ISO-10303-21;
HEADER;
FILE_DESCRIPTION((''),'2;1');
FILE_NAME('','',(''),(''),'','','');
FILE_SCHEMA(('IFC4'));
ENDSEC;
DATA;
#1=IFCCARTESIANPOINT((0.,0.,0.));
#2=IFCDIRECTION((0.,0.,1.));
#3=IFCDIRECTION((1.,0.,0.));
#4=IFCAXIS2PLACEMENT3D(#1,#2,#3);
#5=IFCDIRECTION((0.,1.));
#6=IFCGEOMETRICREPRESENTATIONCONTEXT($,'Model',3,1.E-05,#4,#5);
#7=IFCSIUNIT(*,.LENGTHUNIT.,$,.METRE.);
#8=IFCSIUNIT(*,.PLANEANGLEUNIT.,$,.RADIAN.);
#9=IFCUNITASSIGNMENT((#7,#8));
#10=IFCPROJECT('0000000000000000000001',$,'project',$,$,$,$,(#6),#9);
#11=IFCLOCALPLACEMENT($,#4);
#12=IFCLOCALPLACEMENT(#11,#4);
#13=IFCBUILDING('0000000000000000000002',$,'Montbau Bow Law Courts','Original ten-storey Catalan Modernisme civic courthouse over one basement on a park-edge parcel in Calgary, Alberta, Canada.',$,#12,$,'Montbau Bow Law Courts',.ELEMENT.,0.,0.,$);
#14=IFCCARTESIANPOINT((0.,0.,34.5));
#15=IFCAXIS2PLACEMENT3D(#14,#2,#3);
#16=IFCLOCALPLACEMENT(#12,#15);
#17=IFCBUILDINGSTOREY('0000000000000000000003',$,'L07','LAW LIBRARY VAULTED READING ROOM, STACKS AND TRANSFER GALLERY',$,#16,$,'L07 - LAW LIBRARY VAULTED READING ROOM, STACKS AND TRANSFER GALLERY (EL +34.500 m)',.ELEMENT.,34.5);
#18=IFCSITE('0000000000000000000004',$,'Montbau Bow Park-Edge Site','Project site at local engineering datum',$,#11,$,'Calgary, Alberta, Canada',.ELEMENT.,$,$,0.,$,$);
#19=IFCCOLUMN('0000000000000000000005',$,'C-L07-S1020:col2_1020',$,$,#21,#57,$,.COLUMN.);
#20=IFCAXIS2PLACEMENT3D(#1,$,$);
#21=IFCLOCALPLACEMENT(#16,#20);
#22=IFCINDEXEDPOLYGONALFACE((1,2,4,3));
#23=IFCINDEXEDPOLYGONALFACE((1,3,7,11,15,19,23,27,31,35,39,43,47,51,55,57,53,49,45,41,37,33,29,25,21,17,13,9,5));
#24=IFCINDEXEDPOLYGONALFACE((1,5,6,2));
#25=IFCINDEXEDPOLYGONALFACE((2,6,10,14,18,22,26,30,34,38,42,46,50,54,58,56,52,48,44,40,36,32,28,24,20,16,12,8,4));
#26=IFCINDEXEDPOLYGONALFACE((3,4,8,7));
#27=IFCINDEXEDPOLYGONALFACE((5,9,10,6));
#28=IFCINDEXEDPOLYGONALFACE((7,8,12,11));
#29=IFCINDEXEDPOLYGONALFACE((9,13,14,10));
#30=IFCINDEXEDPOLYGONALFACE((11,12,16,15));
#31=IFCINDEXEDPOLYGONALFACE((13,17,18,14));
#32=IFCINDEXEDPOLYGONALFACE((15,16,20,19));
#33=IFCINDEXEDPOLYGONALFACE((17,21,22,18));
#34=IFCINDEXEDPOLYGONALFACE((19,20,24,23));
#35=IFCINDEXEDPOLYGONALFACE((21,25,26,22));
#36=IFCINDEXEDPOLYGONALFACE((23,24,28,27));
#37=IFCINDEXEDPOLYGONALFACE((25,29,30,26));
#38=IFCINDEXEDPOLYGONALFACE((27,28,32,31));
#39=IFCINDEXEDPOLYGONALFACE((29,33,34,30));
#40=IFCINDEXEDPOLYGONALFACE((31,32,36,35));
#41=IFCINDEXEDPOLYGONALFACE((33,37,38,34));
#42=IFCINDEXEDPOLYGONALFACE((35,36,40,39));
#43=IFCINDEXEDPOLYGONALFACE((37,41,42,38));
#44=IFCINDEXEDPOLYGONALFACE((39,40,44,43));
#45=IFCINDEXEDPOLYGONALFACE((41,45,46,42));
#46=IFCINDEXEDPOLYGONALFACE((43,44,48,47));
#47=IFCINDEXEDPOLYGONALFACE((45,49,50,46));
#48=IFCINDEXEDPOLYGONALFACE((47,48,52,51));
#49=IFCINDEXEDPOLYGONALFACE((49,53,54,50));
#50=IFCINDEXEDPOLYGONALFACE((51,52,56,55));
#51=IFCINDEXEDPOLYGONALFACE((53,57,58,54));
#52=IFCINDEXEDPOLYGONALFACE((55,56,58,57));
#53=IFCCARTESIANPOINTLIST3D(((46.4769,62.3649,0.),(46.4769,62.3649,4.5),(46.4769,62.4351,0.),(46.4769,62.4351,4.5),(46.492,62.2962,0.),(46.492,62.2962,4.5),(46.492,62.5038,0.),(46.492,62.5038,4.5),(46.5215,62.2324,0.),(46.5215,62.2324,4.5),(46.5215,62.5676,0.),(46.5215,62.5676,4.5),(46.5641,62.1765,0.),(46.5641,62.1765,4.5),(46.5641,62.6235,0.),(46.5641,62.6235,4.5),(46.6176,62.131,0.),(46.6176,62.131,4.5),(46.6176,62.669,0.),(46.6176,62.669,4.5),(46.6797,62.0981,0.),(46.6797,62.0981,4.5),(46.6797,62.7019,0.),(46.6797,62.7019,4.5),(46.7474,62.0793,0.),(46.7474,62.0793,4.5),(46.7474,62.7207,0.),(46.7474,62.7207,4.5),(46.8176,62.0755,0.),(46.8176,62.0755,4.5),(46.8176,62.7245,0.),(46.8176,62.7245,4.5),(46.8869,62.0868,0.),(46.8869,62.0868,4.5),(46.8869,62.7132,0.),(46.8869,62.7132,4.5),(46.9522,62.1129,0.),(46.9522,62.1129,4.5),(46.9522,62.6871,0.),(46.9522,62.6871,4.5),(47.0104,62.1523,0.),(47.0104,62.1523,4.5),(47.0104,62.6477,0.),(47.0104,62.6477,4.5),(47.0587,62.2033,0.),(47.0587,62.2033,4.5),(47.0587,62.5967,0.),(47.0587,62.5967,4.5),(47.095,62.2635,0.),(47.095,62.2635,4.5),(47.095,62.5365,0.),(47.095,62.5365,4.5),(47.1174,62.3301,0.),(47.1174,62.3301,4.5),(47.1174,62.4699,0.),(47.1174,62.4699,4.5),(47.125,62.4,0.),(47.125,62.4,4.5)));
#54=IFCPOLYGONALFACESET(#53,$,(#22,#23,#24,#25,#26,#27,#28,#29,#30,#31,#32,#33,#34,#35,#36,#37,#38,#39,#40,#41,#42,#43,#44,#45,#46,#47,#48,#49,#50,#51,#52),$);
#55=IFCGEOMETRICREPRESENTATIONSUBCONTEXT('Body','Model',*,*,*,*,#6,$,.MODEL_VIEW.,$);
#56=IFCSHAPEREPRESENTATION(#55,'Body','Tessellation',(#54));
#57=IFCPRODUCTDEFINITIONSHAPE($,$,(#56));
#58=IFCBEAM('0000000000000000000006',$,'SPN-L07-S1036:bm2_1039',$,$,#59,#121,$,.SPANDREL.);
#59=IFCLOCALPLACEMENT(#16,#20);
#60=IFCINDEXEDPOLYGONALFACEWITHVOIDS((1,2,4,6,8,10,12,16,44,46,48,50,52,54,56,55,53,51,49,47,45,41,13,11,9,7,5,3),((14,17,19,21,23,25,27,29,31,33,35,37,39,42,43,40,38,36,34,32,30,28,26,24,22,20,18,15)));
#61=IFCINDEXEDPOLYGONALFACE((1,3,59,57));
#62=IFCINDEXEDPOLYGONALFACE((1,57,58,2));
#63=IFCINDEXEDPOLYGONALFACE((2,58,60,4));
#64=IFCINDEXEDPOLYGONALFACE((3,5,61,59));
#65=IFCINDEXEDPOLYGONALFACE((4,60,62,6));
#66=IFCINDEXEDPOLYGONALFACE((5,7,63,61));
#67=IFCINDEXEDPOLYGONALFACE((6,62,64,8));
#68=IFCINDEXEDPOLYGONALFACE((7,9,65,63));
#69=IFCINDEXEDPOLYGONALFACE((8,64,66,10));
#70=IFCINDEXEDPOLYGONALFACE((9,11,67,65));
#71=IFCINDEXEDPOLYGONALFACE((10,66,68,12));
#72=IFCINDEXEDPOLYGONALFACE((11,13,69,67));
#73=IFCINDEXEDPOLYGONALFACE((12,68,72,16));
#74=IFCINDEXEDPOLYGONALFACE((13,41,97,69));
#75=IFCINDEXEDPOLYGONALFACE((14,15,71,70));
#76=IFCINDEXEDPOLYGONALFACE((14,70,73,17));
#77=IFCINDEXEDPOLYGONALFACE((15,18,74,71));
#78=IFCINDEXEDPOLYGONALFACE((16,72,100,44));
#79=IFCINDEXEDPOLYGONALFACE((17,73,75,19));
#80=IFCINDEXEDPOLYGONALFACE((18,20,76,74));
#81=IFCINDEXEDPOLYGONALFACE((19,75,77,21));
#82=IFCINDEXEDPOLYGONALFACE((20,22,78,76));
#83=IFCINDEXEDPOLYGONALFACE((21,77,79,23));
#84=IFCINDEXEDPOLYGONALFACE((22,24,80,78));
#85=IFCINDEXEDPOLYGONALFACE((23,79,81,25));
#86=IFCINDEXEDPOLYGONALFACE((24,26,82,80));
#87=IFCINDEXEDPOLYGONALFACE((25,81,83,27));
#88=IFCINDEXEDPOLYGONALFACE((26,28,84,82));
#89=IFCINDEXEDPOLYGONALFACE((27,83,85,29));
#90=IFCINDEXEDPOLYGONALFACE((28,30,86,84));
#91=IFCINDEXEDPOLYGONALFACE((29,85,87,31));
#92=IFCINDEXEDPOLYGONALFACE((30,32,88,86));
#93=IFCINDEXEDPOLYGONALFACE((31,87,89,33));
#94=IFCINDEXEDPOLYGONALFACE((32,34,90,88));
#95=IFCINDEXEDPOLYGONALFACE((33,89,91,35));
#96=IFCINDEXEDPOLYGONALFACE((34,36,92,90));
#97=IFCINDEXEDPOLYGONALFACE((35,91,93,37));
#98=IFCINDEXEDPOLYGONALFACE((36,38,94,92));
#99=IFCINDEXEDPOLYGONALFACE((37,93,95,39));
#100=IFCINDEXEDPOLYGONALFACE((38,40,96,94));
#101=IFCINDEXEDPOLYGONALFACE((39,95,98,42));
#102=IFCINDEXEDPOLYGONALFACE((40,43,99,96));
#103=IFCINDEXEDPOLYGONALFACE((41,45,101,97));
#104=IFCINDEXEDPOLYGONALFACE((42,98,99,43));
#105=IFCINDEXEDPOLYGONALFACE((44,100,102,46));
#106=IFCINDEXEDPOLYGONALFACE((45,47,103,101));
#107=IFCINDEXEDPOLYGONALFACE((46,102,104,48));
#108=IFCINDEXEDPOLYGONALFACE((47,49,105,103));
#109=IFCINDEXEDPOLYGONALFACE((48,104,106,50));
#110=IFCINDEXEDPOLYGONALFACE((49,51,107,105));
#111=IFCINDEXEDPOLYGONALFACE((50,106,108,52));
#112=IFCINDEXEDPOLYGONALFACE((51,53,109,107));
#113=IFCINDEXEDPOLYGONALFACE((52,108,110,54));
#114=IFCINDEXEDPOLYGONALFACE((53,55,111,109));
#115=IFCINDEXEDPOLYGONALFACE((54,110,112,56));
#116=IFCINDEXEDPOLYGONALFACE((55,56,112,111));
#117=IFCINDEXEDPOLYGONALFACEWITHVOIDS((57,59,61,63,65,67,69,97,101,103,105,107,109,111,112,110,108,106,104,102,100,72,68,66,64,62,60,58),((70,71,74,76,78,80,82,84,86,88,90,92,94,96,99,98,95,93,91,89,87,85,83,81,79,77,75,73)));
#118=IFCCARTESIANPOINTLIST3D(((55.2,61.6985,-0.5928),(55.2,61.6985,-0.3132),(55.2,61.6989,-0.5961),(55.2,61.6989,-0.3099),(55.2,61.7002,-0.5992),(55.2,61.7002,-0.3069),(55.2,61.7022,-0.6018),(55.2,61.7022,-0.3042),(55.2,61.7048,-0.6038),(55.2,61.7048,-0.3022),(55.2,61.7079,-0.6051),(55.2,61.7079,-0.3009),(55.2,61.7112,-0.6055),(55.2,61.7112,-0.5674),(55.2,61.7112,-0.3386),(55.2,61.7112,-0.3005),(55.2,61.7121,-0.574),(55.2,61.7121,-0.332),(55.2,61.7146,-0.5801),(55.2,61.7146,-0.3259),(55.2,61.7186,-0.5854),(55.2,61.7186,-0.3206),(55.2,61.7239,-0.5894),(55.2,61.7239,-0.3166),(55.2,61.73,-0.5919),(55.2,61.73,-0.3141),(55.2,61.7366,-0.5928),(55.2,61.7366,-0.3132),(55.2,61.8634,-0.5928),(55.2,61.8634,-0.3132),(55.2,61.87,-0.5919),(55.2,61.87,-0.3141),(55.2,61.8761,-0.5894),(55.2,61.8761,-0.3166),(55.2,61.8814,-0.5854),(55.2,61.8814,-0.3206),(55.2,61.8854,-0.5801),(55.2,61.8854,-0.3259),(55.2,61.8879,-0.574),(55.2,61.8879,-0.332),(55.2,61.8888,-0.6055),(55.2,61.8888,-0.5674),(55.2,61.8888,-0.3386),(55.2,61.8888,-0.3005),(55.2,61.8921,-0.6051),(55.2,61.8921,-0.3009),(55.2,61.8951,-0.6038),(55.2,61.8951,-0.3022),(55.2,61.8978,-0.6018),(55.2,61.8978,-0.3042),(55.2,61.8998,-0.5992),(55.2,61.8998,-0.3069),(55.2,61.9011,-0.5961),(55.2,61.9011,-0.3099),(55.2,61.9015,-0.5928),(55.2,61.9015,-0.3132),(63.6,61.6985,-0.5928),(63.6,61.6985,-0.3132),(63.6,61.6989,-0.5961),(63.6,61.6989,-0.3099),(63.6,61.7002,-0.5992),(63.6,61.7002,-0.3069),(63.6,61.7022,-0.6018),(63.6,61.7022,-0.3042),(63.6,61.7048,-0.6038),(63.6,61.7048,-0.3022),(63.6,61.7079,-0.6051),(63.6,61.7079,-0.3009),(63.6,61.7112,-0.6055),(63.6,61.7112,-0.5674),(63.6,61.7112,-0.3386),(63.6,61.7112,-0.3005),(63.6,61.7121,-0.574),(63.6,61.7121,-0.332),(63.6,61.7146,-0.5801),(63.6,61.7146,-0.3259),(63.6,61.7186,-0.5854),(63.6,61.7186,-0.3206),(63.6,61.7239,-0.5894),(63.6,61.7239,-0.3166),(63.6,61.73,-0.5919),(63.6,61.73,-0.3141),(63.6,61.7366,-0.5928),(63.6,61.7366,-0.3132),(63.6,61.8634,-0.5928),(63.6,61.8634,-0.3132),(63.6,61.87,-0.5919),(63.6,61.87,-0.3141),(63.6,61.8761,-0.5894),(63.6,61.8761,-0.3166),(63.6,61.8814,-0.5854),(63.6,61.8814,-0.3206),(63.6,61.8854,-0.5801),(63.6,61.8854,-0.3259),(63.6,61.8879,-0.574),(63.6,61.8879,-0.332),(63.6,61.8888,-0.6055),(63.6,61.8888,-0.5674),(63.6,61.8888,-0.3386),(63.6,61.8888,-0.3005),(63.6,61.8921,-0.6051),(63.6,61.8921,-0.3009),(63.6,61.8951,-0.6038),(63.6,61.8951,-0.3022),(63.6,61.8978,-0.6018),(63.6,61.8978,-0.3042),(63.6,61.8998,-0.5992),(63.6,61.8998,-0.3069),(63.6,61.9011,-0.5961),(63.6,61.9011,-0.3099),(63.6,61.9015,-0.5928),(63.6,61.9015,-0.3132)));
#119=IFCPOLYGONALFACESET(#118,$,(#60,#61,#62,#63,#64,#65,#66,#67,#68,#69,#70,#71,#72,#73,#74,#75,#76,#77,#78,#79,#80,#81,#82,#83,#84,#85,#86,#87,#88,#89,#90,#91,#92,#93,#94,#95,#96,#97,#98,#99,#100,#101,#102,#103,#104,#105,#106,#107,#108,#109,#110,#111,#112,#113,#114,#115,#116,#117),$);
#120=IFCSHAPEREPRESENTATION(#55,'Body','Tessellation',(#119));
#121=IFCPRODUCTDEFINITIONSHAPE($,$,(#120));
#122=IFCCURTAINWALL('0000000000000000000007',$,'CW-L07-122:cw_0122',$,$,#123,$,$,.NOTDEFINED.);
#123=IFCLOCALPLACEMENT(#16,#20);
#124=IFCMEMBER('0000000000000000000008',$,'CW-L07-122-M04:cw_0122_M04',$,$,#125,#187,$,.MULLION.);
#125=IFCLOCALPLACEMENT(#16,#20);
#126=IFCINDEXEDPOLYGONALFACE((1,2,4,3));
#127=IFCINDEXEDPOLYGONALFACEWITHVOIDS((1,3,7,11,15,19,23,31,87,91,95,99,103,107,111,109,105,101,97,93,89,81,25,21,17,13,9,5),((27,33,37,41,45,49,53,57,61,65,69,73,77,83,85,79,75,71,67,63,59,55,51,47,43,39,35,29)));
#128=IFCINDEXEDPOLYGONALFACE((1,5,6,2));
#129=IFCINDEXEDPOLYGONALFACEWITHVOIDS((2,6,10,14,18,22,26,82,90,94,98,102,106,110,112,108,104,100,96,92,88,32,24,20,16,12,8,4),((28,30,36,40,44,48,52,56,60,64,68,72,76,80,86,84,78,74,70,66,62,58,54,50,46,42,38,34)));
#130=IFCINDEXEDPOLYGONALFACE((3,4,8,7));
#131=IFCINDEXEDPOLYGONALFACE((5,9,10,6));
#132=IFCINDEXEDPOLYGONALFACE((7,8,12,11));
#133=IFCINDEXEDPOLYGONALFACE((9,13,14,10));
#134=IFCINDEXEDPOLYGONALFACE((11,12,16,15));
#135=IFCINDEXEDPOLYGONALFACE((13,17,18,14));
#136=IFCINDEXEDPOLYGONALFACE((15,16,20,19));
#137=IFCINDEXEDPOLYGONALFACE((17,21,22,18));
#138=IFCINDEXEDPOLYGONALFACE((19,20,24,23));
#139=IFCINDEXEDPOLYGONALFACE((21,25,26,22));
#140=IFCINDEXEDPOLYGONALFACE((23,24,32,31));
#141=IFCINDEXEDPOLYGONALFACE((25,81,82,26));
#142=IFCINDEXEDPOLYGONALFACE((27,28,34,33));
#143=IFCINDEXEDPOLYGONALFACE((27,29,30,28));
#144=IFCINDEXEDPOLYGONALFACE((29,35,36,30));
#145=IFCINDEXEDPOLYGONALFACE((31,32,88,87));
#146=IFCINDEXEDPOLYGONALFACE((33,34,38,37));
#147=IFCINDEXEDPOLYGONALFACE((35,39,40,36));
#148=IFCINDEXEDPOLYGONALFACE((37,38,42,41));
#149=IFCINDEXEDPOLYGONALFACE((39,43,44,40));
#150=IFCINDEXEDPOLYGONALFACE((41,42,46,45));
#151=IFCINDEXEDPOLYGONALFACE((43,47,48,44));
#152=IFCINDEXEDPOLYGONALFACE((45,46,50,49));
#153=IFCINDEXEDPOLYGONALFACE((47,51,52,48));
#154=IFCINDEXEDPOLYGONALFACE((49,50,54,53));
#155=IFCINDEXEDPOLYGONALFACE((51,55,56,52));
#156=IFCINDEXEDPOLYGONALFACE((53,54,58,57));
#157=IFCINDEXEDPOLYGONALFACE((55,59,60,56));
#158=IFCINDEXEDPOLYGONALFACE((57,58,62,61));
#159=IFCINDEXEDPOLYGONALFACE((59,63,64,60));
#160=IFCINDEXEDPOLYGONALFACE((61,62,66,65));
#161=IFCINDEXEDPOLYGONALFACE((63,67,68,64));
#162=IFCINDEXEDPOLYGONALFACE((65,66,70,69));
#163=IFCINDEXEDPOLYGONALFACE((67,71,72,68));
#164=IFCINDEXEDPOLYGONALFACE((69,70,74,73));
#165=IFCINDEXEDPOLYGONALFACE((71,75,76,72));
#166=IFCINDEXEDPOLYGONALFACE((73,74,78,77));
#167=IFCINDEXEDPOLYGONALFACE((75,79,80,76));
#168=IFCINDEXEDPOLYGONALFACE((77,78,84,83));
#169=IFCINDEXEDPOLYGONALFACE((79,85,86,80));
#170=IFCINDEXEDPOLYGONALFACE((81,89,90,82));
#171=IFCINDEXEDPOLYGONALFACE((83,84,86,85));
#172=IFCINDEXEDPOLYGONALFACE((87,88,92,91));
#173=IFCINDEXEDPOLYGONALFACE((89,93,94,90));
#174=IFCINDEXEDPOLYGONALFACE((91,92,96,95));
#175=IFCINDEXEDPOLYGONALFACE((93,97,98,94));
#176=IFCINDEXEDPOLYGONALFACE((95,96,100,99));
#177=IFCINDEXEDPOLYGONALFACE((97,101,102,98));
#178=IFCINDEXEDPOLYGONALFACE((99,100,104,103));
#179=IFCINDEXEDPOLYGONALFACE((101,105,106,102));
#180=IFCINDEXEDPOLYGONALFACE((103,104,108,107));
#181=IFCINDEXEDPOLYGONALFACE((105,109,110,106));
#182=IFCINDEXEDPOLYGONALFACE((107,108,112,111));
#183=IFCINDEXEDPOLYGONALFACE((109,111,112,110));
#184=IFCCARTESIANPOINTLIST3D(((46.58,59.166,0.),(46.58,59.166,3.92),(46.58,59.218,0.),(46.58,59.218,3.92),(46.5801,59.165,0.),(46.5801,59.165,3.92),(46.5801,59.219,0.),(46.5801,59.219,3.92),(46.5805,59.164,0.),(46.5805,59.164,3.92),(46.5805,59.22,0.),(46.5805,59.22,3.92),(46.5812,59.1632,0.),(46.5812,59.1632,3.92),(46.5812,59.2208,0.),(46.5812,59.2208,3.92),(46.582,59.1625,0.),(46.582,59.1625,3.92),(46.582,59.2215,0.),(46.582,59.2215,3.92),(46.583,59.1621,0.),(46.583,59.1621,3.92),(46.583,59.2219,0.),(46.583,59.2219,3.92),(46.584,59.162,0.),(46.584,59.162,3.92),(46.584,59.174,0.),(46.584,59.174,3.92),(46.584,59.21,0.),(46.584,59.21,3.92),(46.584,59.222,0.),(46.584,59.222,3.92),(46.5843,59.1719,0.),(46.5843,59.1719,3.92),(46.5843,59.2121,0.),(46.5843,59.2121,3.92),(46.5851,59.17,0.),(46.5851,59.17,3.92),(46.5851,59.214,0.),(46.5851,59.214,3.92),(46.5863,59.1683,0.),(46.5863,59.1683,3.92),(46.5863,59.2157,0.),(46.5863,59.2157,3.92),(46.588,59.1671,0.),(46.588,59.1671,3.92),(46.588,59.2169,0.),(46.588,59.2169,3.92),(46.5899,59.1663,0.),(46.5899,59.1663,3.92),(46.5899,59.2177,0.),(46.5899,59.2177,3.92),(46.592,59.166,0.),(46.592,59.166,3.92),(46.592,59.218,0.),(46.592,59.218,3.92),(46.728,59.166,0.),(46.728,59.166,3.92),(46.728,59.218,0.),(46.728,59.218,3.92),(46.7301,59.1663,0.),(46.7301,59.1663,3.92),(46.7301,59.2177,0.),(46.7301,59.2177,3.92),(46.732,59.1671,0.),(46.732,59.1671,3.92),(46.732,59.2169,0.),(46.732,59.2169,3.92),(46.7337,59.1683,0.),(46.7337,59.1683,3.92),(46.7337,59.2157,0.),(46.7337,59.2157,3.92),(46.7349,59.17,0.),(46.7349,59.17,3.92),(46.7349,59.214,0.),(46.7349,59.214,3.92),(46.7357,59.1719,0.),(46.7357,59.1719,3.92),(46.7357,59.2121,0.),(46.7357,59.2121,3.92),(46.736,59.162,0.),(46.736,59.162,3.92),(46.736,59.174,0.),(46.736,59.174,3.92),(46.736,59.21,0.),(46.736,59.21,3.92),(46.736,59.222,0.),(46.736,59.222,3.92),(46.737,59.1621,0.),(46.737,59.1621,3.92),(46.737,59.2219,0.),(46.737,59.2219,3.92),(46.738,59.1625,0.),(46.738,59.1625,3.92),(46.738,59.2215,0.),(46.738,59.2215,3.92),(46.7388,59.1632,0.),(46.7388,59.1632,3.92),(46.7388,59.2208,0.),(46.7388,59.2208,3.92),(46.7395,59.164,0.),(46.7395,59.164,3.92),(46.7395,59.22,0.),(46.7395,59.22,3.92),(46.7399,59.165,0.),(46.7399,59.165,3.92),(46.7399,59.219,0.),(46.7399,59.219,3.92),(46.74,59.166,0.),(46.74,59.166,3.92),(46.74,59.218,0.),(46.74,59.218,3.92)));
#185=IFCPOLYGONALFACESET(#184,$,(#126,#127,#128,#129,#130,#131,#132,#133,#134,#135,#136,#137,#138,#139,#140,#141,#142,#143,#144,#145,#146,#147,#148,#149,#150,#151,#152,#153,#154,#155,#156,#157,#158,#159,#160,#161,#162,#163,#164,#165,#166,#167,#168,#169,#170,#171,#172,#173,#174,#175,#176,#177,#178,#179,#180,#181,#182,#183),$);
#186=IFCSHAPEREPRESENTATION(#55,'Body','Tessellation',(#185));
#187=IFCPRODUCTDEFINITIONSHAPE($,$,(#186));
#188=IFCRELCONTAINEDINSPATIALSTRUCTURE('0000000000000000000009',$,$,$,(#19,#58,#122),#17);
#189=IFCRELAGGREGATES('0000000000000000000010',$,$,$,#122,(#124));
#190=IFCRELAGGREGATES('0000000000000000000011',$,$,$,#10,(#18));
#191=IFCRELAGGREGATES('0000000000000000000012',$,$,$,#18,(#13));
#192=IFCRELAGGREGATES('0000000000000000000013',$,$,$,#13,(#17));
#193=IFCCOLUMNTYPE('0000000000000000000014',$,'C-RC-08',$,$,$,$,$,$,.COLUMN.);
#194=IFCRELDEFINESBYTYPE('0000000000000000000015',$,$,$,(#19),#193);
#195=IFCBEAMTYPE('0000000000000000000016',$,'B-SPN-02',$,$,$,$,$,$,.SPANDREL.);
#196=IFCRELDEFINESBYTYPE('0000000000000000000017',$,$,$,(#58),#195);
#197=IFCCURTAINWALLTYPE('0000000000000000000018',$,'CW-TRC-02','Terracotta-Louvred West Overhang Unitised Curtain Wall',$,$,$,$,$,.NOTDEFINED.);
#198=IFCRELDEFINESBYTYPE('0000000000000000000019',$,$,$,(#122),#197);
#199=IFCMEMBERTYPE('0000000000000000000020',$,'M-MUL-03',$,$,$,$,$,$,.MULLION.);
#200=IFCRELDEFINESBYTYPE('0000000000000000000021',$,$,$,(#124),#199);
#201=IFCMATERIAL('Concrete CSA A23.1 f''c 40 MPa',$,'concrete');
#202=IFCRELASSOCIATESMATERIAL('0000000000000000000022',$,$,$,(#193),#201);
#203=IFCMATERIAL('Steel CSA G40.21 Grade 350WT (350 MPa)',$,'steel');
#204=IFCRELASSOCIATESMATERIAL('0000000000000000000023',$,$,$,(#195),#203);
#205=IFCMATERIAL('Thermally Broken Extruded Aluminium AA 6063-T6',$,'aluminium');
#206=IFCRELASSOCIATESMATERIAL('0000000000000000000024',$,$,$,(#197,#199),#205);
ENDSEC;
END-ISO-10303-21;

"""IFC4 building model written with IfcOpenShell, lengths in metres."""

from ifc_helpers import new_model, si_unit, direction, frame, origin_with_axes, origin_2d_with_axis, place, context, subcontext, project, spatial, hollow_rectangle, circle, extrude, material, material_profile, profile_set, type_object, element, aggregate, save


model = new_model("IFC4")

# Units and contexts
model_context = context("Model", 3, precision=1e-05, world=origin_with_axes(), true_north=direction((0.0, 1.0)))
body_context = subcontext(model_context, "Body", "Model", "MODEL_VIEW")
ifc_project = project(units=[si_unit("LENGTHUNIT", "METRE"), si_unit("PLANEANGLEUNIT", "RADIAN")], contexts=[model_context])

# Site, building, storey
site_placement = place(None, origin_with_axes())
site = spatial("IfcSite", under=ifc_project, at=site_placement, Name="Montbau Bow Park-Edge Site", Description="Project site at local engineering datum", LongName="Calgary, Alberta, Canada", CompositionType="ELEMENT", RefElevation=0.0)
building_placement = place(site_placement, origin_with_axes())
building = spatial("IfcBuilding", under=site, at=building_placement, Name="Montbau Bow Law Courts", Description="Original ten-storey Catalan Modernisme civic courthouse over one basement on a park-edge parcel in Calgary, Alberta, Canada.", LongName="Montbau Bow Law Courts", CompositionType="ELEMENT", ElevationOfRefHeight=0.0, ElevationOfTerrain=0.0)
storey_placement = place(building_placement, frame((0.0, 0.0, 34.5), z_axis=(0.0, 0.0, 1.0), x_axis=(1.0, 0.0, 0.0)))
storey = spatial("IfcBuildingStorey", under=building, at=storey_placement, Name="L07", Description="LAW LIBRARY VAULTED READING ROOM, STACKS AND TRANSFER GALLERY", LongName="L07 - LAW LIBRARY VAULTED READING ROOM, STACKS AND TRANSFER GALLERY (EL +34.500 m)", CompositionType="ELEMENT", Elevation=34.5)

# Column
ifc_material_1 = material(Name="Concrete CSA A23.1 f'c 40 MPa", Category="concrete")
ifc_material_profile_1 = material_profile(ifc_material_1, circle(Radius=0.325, at=origin_2d_with_axis()), Name="RC650D", Category="Main", Priority=0)
ifc_profile_set_1 = profile_set([ifc_material_profile_1], Name="Concrete CSA A23.1 f'c 40 MPa")
column_type = type_object("IfcColumnType", Name="C-RC-08", PredefinedType="COLUMN", material=ifc_profile_set_1)
column_placement = place(None, frame((46.8, 62.4, 34.5), z_axis=(0.0, 0.0, 1.0), x_axis=(1.0, 0.0, 0.0)))
element("IfcColumn", 1, at=column_placement, inside=storey, type_object=column_type, Name="C-L07-S1020:col2_1020", PredefinedType="COLUMN", context=body_context, shape_type="SweptSolid", body=[
    extrude(circle(Radius=0.325, at=origin_2d_with_axis()), origin_with_axes(), (0.0, 0.0, 1.0), 4.5),
])

# Beam
ifc_material_2 = material(Name="Steel CSA G40.21 Grade 350WT (350 MPa)", Category="steel")
ifc_material_profile_2 = material_profile(ifc_material_2, hollow_rectangle(XDim=0.203, YDim=0.305, WallThickness=0.0127, InnerFilletRadius=0.0254, OuterFilletRadius=0.0127, at=origin_2d_with_axis()), Name="HSS305X203X13", Category="Main", Priority=0)
ifc_profile_set_2 = profile_set([ifc_material_profile_2], Name="Steel CSA G40.21 Grade 350WT (350 MPa)")
beam_type = type_object("IfcBeamType", Name="B-SPN-02", PredefinedType="SPANDREL", material=ifc_profile_set_2)
beam_placement = place(None, frame((55.2, 61.8, 34.047), z_axis=(1.0, 0.0, 0.0), x_axis=(0.0, 1.0, 0.0)))
element("IfcBeam", 2, at=beam_placement, inside=storey, type_object=beam_type, Name="SPN-L07-S1036:bm2_1039", PredefinedType="SPANDREL", context=body_context, shape_type="SweptSolid", body=[
    extrude(hollow_rectangle(XDim=0.203, YDim=0.305, WallThickness=0.0127, InnerFilletRadius=0.0254, OuterFilletRadius=0.0127, at=origin_2d_with_axis()), origin_with_axes(), (0.0, 0.0, 1.0), 8.4),
])

# Curtain wall, member
ifc_material_3 = material(Name="Thermally Broken Extruded Aluminium AA 6063-T6", Category="aluminium")
curtain_wall_type = type_object("IfcCurtainWallType", Name="CW-TRC-02", Description="Terracotta-Louvred West Overhang Unitised Curtain Wall", PredefinedType="NOTDEFINED", material=ifc_material_3)
curtain_wall_placement = place(None, frame((46.66, 55.04, 34.5), z_axis=(0.0, 0.0, 1.0), x_axis=(1.0, 0.0, 0.0)))
curtain_wall = element("IfcCurtainWall", 3, at=curtain_wall_placement, inside=storey, type_object=curtain_wall_type, Name="CW-L07-122:cw_0122", PredefinedType="NOTDEFINED")
ifc_material_profile_3 = material_profile(ifc_material_3, hollow_rectangle(XDim=0.06, YDim=0.16, WallThickness=0.004, InnerFilletRadius=0.008, OuterFilletRadius=0.004, at=origin_2d_with_axis()), Name="CWM-160X60", Category="Main", Priority=0)
ifc_profile_set_3 = profile_set([ifc_material_profile_3], Name="Thermally Broken Extruded Aluminium AA 6063-T6")
member_type_1 = type_object("IfcMemberType", Name="M-MUL-03", PredefinedType="MULLION", material=ifc_profile_set_3)
member_1_placement = place(None, frame((46.66, 59.192, 34.5), z_axis=(0.0, 0.0, 1.0), x_axis=(0.0, 1.0, 0.0)))
member_1 = element("IfcMember", 4, at=member_1_placement, type_object=member_type_1, Name="CW-L07-122-M04:cw_0122_M04", PredefinedType="MULLION", context=body_context, shape_type="SweptSolid", body=[
    extrude(hollow_rectangle(XDim=0.06, YDim=0.16, WallThickness=0.004, InnerFilletRadius=0.008, OuterFilletRadius=0.004, at=origin_2d_with_axis()), origin_with_axes(), (0.0, 0.0, 1.0), 3.92),
])
aggregate(curtain_wall, [member_1])

save(model, "model.ifc")
